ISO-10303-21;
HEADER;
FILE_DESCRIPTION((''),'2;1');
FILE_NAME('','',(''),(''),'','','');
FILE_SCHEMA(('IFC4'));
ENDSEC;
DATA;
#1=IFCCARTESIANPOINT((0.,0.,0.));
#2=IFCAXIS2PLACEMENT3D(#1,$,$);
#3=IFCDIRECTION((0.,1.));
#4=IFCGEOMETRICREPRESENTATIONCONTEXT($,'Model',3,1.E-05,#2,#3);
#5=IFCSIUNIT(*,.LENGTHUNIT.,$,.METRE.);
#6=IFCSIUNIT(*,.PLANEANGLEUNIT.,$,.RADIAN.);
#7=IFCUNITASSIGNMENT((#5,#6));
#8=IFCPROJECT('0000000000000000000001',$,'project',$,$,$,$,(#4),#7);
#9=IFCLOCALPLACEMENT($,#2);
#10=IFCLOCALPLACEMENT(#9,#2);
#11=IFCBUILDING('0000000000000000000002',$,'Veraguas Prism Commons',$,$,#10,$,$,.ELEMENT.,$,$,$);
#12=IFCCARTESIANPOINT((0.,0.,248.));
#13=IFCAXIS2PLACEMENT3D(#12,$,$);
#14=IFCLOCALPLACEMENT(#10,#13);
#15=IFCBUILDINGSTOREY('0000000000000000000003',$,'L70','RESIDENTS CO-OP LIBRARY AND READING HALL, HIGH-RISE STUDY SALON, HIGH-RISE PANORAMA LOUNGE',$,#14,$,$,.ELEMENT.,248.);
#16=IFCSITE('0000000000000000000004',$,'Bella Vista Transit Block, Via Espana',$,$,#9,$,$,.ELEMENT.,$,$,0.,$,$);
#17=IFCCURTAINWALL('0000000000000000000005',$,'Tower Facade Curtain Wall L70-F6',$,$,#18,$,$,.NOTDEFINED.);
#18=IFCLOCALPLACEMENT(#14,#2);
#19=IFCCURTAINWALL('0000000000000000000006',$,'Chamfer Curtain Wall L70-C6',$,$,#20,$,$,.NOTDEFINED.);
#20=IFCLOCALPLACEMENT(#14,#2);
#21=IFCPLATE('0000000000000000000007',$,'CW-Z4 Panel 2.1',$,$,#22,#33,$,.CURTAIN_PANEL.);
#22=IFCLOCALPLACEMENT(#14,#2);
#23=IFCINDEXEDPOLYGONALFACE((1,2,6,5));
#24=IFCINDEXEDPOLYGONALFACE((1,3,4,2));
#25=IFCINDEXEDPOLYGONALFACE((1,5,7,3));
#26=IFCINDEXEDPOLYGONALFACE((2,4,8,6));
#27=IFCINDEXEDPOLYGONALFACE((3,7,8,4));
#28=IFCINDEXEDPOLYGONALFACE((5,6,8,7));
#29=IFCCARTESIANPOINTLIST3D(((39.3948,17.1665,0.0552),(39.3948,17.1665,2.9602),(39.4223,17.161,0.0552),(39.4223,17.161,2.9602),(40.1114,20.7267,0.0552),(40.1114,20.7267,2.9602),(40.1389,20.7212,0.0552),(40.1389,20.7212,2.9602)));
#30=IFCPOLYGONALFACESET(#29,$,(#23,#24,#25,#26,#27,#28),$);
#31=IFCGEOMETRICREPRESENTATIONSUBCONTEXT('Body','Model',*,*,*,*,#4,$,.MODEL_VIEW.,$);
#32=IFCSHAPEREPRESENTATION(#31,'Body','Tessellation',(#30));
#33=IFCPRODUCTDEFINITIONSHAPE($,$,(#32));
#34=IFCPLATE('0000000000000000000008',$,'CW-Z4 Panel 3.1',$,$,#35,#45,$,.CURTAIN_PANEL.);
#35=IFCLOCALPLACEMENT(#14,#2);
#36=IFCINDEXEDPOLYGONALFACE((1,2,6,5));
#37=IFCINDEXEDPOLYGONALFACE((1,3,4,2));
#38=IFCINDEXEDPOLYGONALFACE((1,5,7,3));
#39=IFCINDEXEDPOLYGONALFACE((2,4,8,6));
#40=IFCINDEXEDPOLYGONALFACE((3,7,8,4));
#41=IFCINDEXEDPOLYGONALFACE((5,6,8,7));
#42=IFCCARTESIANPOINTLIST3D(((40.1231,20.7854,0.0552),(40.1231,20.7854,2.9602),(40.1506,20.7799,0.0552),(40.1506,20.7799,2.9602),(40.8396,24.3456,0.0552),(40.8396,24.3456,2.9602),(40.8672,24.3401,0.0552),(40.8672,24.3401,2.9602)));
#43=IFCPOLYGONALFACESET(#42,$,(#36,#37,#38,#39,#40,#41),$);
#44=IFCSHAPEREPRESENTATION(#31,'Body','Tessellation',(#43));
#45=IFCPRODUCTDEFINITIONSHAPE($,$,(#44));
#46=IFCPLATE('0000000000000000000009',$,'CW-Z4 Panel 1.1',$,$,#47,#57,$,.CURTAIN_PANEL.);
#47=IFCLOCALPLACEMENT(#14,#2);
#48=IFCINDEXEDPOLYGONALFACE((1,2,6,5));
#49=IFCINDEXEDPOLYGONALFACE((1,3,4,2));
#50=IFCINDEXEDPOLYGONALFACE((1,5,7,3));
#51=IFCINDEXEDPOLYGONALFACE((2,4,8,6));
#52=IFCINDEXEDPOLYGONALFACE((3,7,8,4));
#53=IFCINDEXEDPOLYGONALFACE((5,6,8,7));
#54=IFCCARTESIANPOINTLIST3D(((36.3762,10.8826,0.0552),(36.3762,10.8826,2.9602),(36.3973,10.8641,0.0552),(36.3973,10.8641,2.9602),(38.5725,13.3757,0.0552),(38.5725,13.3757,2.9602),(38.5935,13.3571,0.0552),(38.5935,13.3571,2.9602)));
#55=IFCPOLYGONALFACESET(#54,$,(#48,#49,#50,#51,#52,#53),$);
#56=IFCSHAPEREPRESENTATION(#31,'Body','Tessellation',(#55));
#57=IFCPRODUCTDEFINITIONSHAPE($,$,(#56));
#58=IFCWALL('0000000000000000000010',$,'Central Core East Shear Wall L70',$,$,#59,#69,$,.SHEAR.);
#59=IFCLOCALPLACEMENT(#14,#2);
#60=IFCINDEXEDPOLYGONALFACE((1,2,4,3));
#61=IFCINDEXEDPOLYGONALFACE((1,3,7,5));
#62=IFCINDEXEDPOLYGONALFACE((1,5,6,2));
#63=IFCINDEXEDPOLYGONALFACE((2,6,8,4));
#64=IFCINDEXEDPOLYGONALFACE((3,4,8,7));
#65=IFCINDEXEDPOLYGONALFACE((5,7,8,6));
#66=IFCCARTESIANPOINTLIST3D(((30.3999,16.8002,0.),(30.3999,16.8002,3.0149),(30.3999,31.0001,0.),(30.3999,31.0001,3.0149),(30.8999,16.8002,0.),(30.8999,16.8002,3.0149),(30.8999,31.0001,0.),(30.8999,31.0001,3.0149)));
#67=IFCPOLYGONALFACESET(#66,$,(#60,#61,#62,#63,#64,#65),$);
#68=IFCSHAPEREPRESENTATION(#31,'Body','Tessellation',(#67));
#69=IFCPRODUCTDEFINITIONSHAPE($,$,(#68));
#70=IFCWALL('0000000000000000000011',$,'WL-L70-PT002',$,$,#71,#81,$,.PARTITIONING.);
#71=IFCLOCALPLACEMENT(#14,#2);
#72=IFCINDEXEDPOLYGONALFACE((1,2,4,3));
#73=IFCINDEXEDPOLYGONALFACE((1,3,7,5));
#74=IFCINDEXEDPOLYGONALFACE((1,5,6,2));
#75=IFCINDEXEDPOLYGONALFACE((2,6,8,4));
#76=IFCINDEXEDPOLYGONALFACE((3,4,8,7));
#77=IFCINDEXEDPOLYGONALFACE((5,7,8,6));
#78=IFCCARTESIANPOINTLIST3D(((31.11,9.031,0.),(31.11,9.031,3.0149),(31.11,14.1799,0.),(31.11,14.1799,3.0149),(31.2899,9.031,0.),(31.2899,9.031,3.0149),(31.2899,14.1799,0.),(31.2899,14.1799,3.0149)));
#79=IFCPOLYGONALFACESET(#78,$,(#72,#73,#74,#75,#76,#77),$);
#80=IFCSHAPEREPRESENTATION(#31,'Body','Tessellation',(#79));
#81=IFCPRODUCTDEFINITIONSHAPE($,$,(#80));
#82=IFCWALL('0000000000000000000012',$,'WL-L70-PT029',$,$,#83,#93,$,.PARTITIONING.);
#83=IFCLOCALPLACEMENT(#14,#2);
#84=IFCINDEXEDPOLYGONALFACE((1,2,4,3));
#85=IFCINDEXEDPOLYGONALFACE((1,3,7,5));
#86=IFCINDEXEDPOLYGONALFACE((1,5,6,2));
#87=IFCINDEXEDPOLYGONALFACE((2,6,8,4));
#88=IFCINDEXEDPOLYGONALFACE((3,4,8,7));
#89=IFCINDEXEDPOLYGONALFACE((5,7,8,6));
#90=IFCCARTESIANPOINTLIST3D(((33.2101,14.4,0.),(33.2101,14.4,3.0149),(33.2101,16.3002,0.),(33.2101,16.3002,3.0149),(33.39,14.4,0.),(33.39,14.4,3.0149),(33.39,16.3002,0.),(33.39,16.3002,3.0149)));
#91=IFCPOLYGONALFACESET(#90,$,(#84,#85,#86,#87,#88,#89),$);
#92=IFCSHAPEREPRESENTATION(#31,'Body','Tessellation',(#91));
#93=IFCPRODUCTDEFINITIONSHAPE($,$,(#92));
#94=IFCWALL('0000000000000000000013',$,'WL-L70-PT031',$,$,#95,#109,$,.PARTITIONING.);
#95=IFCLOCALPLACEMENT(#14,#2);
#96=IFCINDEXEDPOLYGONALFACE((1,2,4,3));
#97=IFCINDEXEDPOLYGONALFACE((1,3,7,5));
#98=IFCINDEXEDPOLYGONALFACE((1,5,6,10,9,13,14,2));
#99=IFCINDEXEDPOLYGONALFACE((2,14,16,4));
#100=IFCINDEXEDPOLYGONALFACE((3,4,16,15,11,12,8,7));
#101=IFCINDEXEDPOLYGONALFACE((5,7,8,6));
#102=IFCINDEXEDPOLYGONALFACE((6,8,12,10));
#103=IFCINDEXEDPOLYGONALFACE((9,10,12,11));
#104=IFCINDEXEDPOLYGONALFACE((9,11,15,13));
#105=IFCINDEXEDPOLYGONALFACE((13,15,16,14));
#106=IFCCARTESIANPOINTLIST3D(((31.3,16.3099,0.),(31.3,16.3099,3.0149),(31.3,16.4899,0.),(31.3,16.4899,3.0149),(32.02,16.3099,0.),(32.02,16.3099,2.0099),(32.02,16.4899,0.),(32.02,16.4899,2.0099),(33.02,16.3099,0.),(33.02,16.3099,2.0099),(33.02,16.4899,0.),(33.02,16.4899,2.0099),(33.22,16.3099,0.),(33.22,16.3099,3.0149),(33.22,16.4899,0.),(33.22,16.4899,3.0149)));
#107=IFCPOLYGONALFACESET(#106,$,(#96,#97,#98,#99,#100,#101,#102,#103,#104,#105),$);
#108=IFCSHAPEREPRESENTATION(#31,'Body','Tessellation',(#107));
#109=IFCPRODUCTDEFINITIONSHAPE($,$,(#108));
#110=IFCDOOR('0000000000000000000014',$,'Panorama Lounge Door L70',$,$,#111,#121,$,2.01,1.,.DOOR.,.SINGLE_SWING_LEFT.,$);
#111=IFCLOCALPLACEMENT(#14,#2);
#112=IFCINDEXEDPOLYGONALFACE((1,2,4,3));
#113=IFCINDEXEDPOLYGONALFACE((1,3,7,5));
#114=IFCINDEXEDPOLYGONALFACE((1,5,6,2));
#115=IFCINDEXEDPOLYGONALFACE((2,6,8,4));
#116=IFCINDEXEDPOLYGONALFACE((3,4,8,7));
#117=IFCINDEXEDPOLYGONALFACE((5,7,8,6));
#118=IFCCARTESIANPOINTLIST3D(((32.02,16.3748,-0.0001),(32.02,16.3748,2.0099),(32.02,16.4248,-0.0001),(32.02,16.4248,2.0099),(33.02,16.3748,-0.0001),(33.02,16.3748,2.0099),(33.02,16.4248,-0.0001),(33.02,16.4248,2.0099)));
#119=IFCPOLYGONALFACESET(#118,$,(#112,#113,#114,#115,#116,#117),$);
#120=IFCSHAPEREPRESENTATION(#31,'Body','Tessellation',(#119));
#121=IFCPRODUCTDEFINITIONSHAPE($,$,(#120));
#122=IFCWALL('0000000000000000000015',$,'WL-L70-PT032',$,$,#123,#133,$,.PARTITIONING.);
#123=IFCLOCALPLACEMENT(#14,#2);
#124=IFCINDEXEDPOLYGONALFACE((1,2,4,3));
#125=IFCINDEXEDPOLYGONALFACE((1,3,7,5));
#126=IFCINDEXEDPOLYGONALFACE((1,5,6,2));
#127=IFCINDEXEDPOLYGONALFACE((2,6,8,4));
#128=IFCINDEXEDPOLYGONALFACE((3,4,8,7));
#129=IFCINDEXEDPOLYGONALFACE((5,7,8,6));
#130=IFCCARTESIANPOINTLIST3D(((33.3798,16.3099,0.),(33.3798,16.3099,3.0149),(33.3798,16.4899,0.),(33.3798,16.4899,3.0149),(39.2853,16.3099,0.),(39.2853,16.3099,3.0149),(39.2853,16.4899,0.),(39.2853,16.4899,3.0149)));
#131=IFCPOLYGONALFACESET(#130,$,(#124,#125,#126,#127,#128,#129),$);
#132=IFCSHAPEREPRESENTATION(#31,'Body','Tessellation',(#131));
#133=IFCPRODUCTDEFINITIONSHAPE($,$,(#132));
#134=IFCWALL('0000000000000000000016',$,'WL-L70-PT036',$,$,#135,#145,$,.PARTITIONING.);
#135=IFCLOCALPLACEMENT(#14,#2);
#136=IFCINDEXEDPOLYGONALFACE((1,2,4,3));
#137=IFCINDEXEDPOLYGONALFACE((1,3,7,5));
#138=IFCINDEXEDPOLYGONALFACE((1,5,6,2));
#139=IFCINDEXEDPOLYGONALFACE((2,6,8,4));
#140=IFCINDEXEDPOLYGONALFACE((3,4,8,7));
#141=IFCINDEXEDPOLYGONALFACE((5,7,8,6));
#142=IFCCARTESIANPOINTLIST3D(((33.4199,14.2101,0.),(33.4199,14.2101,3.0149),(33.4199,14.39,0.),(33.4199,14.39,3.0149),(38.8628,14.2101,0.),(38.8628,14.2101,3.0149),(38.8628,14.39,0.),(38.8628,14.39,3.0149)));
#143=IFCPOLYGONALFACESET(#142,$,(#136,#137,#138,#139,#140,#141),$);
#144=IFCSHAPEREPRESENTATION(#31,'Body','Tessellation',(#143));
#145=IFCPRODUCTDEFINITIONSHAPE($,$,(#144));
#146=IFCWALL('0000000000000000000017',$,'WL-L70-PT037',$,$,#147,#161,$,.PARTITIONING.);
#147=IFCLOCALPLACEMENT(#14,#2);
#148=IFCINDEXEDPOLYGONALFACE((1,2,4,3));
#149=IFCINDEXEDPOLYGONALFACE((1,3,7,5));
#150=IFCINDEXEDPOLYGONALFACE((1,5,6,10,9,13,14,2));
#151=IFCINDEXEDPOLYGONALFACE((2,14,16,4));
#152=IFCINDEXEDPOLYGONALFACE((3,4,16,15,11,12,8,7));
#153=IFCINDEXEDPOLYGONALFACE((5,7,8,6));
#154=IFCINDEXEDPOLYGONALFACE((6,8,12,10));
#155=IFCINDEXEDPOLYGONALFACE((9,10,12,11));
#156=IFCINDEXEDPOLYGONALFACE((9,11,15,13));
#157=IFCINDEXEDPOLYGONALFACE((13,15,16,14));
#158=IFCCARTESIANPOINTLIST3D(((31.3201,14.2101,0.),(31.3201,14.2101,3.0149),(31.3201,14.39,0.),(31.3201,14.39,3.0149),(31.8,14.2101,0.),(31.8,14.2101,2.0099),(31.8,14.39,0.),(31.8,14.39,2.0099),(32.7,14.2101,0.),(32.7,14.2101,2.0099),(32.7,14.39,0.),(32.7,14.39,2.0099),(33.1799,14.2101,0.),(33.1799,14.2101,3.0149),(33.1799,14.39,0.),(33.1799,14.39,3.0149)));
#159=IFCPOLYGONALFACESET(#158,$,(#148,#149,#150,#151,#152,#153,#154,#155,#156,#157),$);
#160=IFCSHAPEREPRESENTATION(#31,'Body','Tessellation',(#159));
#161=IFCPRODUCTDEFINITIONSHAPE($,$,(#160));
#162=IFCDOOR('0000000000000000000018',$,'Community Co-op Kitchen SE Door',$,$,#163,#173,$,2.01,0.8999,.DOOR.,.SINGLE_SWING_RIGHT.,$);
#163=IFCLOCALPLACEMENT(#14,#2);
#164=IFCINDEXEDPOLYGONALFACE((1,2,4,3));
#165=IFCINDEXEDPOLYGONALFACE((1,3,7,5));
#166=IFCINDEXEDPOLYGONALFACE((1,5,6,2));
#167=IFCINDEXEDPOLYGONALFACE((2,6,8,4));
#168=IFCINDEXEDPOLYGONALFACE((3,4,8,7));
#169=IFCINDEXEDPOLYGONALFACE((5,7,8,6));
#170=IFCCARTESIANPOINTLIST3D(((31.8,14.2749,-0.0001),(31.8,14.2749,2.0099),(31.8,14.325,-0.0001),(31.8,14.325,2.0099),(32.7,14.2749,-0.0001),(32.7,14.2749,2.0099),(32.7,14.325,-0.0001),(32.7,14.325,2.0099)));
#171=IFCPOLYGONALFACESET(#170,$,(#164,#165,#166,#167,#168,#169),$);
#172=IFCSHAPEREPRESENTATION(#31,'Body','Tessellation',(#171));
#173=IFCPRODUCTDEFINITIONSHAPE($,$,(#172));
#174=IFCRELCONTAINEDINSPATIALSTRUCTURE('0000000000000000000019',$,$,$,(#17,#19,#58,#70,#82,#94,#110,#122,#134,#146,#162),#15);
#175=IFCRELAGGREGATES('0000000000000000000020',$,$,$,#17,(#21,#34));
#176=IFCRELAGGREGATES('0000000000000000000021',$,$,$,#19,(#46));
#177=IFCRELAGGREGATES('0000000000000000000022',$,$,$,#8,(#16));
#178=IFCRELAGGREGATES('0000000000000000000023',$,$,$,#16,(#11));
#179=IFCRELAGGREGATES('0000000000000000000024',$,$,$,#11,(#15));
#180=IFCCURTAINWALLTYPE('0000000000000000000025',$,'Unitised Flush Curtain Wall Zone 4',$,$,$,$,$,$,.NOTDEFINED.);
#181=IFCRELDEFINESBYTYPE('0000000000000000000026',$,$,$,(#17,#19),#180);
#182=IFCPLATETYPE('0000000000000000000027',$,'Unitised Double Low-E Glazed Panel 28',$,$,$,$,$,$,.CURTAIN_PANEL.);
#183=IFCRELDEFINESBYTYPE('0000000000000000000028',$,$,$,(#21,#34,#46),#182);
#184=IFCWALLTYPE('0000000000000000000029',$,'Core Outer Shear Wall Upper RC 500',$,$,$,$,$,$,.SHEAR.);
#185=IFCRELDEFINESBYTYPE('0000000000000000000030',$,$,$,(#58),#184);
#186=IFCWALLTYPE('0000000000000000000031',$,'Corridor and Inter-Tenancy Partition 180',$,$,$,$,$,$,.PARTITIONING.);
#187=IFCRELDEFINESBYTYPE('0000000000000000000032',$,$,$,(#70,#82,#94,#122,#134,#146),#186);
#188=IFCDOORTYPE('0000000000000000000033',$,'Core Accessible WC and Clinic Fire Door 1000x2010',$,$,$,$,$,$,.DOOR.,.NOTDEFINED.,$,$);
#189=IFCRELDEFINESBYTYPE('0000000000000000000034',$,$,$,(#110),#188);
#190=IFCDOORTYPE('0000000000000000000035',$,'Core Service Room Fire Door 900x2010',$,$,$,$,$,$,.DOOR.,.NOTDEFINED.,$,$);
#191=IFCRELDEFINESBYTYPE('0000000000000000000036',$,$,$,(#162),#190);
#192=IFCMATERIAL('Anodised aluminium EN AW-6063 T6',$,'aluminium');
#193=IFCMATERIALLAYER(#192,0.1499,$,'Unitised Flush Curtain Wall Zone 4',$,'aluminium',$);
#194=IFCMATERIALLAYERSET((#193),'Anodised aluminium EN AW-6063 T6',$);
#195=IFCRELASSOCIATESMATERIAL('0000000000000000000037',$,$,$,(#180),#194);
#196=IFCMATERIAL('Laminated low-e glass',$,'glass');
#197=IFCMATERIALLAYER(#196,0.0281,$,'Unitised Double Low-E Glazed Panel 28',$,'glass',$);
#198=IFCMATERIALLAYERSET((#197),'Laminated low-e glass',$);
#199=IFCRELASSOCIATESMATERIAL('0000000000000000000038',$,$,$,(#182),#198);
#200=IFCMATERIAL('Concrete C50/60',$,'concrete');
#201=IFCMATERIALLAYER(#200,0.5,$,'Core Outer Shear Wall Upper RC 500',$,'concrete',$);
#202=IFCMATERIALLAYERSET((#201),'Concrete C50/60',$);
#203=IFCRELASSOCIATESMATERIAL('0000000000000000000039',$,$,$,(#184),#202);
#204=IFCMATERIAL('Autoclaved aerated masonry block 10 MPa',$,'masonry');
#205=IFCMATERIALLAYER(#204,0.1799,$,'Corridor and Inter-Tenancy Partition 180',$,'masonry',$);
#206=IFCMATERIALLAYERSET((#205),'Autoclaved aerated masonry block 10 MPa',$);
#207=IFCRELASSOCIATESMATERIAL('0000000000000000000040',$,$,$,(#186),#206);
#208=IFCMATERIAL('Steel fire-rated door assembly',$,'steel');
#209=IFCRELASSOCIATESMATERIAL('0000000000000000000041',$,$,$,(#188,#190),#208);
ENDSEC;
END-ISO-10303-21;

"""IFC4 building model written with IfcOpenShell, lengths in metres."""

from ifc_helpers import new_model, si_unit, direction, frame, frame_2d, origin, origin_2d, place, context, subcontext, project, spatial, rectangle, extrude, source, transform, mapped, material, layer, layer_set, type_object, element, fill, aggregate, save


model = new_model("IFC4")

# Units and contexts
model_context = context("Model", 3, precision=1e-05, world=origin(), true_north=direction((0.0, 1.0)))
body_context = subcontext(model_context, "Body", "Model", "MODEL_VIEW")
ifc_project = project(units=[si_unit("LENGTHUNIT", "METRE"), si_unit("PLANEANGLEUNIT", "RADIAN")], contexts=[model_context])

# Site, building, storey
site_placement = place(None, origin())
site = spatial("IfcSite", under=ifc_project, at=site_placement, Name="Bella Vista Transit Block, Via Espana", CompositionType="ELEMENT", RefElevation=0.0)
building_placement = place(site_placement, origin())
building = spatial("IfcBuilding", under=site, at=building_placement, Name="Veraguas Prism Commons", CompositionType="ELEMENT")
storey_placement = place(building_placement, frame((0.0, 0.0, 248.0)))
storey = spatial("IfcBuildingStorey", under=building, at=storey_placement, Name="L70", Description="RESIDENTS CO-OP LIBRARY AND READING HALL, HIGH-RISE STUDY SALON, HIGH-RISE PANORAMA LOUNGE", CompositionType="ELEMENT", Elevation=248.0)

# Shared definitions
ifc_material_1 = material(Name="Concrete C50/60", Category="concrete")

# Curtain walls
ifc_material_2 = material(Name="Anodised aluminium EN AW-6063 T6", Category="aluminium")
ifc_layer_1 = layer(ifc_material_2, 0.1499, Name="Unitised Flush Curtain Wall Zone 4", Category="aluminium")
ifc_layer_set_1 = layer_set([ifc_layer_1], Name="Anodised aluminium EN AW-6063 T6")
curtain_wall_type = type_object("IfcCurtainWallType", Name="Unitised Flush Curtain Wall Zone 4", PredefinedType="NOTDEFINED", material=ifc_layer_set_1)
curtain_wall_1_placement = place(storey_placement, origin())
curtain_wall_1 = element("IfcCurtainWall", 1, at=curtain_wall_1_placement, inside=storey, type_object=curtain_wall_type, Name="Tower Facade Curtain Wall L70-F6", PredefinedType="NOTDEFINED")
curtain_wall_2_placement = place(storey_placement, origin())
curtain_wall_2 = element("IfcCurtainWall", 2, at=curtain_wall_2_placement, inside=storey, type_object=curtain_wall_type, Name="Chamfer Curtain Wall L70-C6", PredefinedType="NOTDEFINED")

# Plates
ifc_material_3 = material(Name="Laminated low-e glass", Category="glass")
ifc_layer_2 = layer(ifc_material_3, 0.0281, Name="Unitised Double Low-E Glazed Panel 28", Category="glass")
ifc_layer_set_2 = layer_set([ifc_layer_2], Name="Laminated low-e glass")
plate_type = type_object("IfcPlateType", Name="Unitised Double Low-E Glazed Panel 28", PredefinedType="CURTAIN_PANEL", material=ifc_layer_set_2)
shared_shape_1 = source(origin(), body_context, "Body", "SweptSolid", [
    extrude(rectangle(XDim=3.6316, YDim=0.0281, at=origin_2d()), origin(), (0.0, 0.0, 1.0), 2.905),
])
plate_1_placement = place(storey_placement, frame((39.7668, 18.9438, 0.0552), z_axis=(0.0, 0.0, 1.0), x_axis=(0.197319, 0.980339, 0.0)))
plate_1 = element("IfcPlate", 3, at=plate_1_placement, type_object=plate_type, Name="CW-Z4 Panel 2.1", PredefinedType="CURTAIN_PANEL", context=body_context, shape_type="MappedRepresentation", body=[
    mapped(shared_shape_1, transform((0.0, 0.0, 0.0), scale=1.0)),
])
plate_2_placement = place(storey_placement, frame((40.4951, 22.5627, 0.0552), z_axis=(0.0, 0.0, 1.0), x_axis=(0.197319, 0.980339, 0.0)))
plate_2 = element("IfcPlate", 4, at=plate_2_placement, type_object=plate_type, Name="CW-Z4 Panel 3.1", PredefinedType="CURTAIN_PANEL", context=body_context, shape_type="MappedRepresentation", body=[
    mapped(shared_shape_1, transform((0.0, 0.0, 0.0), scale=1.0)),
])
aggregate(curtain_wall_1, [plate_1, plate_2])
shared_shape_2 = source(origin(), body_context, "Body", "SweptSolid", [
    extrude(rectangle(XDim=3.3225, YDim=0.0281, at=origin_2d()), origin(), (0.0, 0.0, 1.0), 2.905),
])
plate_3_placement = place(storey_placement, frame((37.4849, 12.1199, 0.0552), z_axis=(0.0, 0.0, 1.0), x_axis=(0.661033, 0.750357, 0.0)))
plate_3 = element("IfcPlate", 5, at=plate_3_placement, type_object=plate_type, Name="CW-Z4 Panel 1.1", PredefinedType="CURTAIN_PANEL", context=body_context, shape_type="MappedRepresentation", body=[
    mapped(shared_shape_2, transform((0.0, 0.0, 0.0), scale=1.0)),
])
aggregate(curtain_wall_2, [plate_3])

# Walls
ifc_layer_3 = layer(ifc_material_1, 0.5, Name="Core Outer Shear Wall Upper RC 500", Category="concrete")
ifc_layer_set_3 = layer_set([ifc_layer_3], Name="Concrete C50/60")
wall_type_1 = type_object("IfcWallType", Name="Core Outer Shear Wall Upper RC 500", PredefinedType="SHEAR", material=ifc_layer_set_3)
wall_1_placement = place(storey_placement, frame((30.6499, 16.8, 0.0), z_axis=(0.0, 0.0, 1.0), x_axis=(0.0, 1.0, 0.0)))
element("IfcWall", 6, at=wall_1_placement, inside=storey, type_object=wall_type_1, Name="Central Core East Shear Wall L70", PredefinedType="SHEAR", context=body_context, shape_type="SweptSolid", body=[
    extrude(rectangle(XDim=14.2, YDim=0.5, at=frame_2d((7.1001, 0.0))), origin(), (0.0, 0.0, 1.0), 3.0149),
])
ifc_material_4 = material(Name="Autoclaved aerated masonry block 10 MPa", Category="masonry")
ifc_layer_4 = layer(ifc_material_4, 0.1799, Name="Corridor and Inter-Tenancy Partition 180", Category="masonry")
ifc_layer_set_4 = layer_set([ifc_layer_4], Name="Autoclaved aerated masonry block 10 MPa")
wall_type_2 = type_object("IfcWallType", Name="Corridor and Inter-Tenancy Partition 180", PredefinedType="PARTITIONING", material=ifc_layer_set_4)
wall_2_placement = place(storey_placement, frame((31.2, 14.1799, 0.0), z_axis=(0.0, 0.0, 1.0), x_axis=(0.0, -1.0, 0.0)))
element("IfcWall", 7, at=wall_2_placement, inside=storey, type_object=wall_type_2, Name="WL-L70-PT002", PredefinedType="PARTITIONING", context=body_context, shape_type="SweptSolid", body=[
    extrude(rectangle(XDim=5.1489, YDim=0.1799, at=frame_2d((2.5745, 0.0))), origin(), (0.0, 0.0, 1.0), 3.0149),
])
wall_3_placement = place(storey_placement, frame((33.3, 14.3999, 0.0), z_axis=(0.0, 0.0, 1.0), x_axis=(0.0, 1.0, 0.0)))
element("IfcWall", 8, at=wall_3_placement, inside=storey, type_object=wall_type_2, Name="WL-L70-PT029", PredefinedType="PARTITIONING", context=body_context, shape_type="SweptSolid", body=[
    extrude(rectangle(XDim=1.9001, YDim=0.1799, at=frame_2d((0.9502, 0.0))), origin(), (0.0, 0.0, 1.0), 3.0149),
])

# Wall, opening, door
wall_4_placement = place(storey_placement, frame((31.3, 16.3999, 0.0), z_axis=(0.0, 0.0, 1.0), x_axis=(1.0, 0.0, 0.0)))
wall_4 = element("IfcWall", 9, at=wall_4_placement, inside=storey, type_object=wall_type_2, Name="WL-L70-PT031", PredefinedType="PARTITIONING", context=body_context, shape_type="SweptSolid", body=[
    extrude(rectangle(XDim=1.9199, YDim=0.1799, at=frame_2d((0.96, 0.0))), origin(), (0.0, 0.0, 1.0), 3.0149),
])
opening_1_placement = place(wall_4_placement, frame((0.72, 0.0, 0.0)))
opening_1 = element("IfcOpeningElement", 10, at=opening_1_placement, cuts=wall_4, PredefinedType="OPENING", context=body_context, shape_type="SweptSolid", body=[
    extrude(rectangle(XDim=1.0, YDim=2.01, at=frame_2d((0.5, 1.0049))), frame((0.0, 0.0999, 0.0), z_axis=(0.0, -1.0, 0.0), x_axis=(1.0, 0.0, 0.0)), (0.0, 0.0, 1.0), 0.2),
])
ifc_material_5 = material(Name="Steel fire-rated door assembly", Category="steel")
door_type_1 = type_object("IfcDoorType", Name="Core Accessible WC and Clinic Fire Door 1000x2010", OperationType="NOTDEFINED", PredefinedType="DOOR", material=ifc_material_5)
shared_shape_3 = source(origin(), body_context, "Body", "SweptSolid", [
    extrude(rectangle(XDim=1.0, YDim=2.01, at=frame_2d((0.5, 1.0049))), frame((0.0, 0.0249, 0.0), z_axis=(0.0, -1.0, 0.0), x_axis=(1.0, 0.0, 0.0)), (0.0, 0.0, 1.0), 0.05),
])
door_1_placement = place(opening_1_placement, origin())
door_1 = element("IfcDoor", 11, at=door_1_placement, inside=storey, type_object=door_type_1, Name="Panorama Lounge Door L70", OperationType="SINGLE_SWING_LEFT", OverallHeight=2.01, OverallWidth=1.0, PredefinedType="DOOR", context=body_context, shape_type="MappedRepresentation", body=[
    mapped(shared_shape_3, transform((0.0, 0.0, 0.0), scale=1.0)),
])
fill(opening_1, door_1)

# Walls
wall_5_placement = place(storey_placement, frame((33.3799, 16.3999, 0.0), z_axis=(0.0, 0.0, 1.0), x_axis=(1.0, 0.0, 0.0)))
element("IfcWall", 12, at=wall_5_placement, inside=storey, type_object=wall_type_2, Name="WL-L70-PT032", PredefinedType="PARTITIONING", context=body_context, shape_type="SweptSolid", body=[
    extrude(rectangle(XDim=5.9055, YDim=0.1799, at=frame_2d((2.9526, 0.0))), origin(), (0.0, 0.0, 1.0), 3.0149),
])
wall_6_placement = place(storey_placement, frame((33.4199, 14.3, 0.0), z_axis=(0.0, 0.0, 1.0), x_axis=(1.0, 0.0, 0.0)))
element("IfcWall", 13, at=wall_6_placement, inside=storey, type_object=wall_type_2, Name="WL-L70-PT036", PredefinedType="PARTITIONING", context=body_context, shape_type="SweptSolid", body=[
    extrude(rectangle(XDim=5.4429, YDim=0.1799, at=frame_2d((2.7214, 0.0))), origin(), (0.0, 0.0, 1.0), 3.0149),
])

# Wall, opening, door
wall_7_placement = place(storey_placement, frame((31.3201, 14.3, 0.0), z_axis=(0.0, 0.0, 1.0), x_axis=(1.0, 0.0, 0.0)))
wall_7 = element("IfcWall", 14, at=wall_7_placement, inside=storey, type_object=wall_type_2, Name="WL-L70-PT037", PredefinedType="PARTITIONING", context=body_context, shape_type="SweptSolid", body=[
    extrude(rectangle(XDim=1.8599, YDim=0.1799, at=frame_2d((0.9299, 0.0))), origin(), (0.0, 0.0, 1.0), 3.0149),
])
opening_2_placement = place(wall_7_placement, frame((0.48, 0.0, 0.0)))
opening_2 = element("IfcOpeningElement", 15, at=opening_2_placement, cuts=wall_7, PredefinedType="OPENING", context=body_context, shape_type="SweptSolid", body=[
    extrude(rectangle(XDim=0.8999, YDim=2.01, at=frame_2d((0.45, 1.0049))), frame((0.0, 0.0999, 0.0), z_axis=(0.0, -1.0, 0.0), x_axis=(1.0, 0.0, 0.0)), (0.0, 0.0, 1.0), 0.2),
])
door_type_2 = type_object("IfcDoorType", Name="Core Service Room Fire Door 900x2010", OperationType="NOTDEFINED", PredefinedType="DOOR", material=ifc_material_5)
shared_shape_4 = source(origin(), body_context, "Body", "SweptSolid", [
    extrude(rectangle(XDim=0.8999, YDim=2.01, at=frame_2d((0.45, 1.0049))), frame((0.0, 0.0249, 0.0), z_axis=(0.0, -1.0, 0.0), x_axis=(1.0, 0.0, 0.0)), (0.0, 0.0, 1.0), 0.05),
])
door_2_placement = place(opening_2_placement, origin())
door_2 = element("IfcDoor", 16, at=door_2_placement, inside=storey, type_object=door_type_2, Name="Community Co-op Kitchen SE Door", OperationType="SINGLE_SWING_RIGHT", OverallHeight=2.01, OverallWidth=0.8999, PredefinedType="DOOR", context=body_context, shape_type="MappedRepresentation", body=[
    mapped(shared_shape_4, transform((0.0, 0.0, 0.0), scale=1.0)),
])
fill(opening_2, door_2)

save(model, "model.ifc")
